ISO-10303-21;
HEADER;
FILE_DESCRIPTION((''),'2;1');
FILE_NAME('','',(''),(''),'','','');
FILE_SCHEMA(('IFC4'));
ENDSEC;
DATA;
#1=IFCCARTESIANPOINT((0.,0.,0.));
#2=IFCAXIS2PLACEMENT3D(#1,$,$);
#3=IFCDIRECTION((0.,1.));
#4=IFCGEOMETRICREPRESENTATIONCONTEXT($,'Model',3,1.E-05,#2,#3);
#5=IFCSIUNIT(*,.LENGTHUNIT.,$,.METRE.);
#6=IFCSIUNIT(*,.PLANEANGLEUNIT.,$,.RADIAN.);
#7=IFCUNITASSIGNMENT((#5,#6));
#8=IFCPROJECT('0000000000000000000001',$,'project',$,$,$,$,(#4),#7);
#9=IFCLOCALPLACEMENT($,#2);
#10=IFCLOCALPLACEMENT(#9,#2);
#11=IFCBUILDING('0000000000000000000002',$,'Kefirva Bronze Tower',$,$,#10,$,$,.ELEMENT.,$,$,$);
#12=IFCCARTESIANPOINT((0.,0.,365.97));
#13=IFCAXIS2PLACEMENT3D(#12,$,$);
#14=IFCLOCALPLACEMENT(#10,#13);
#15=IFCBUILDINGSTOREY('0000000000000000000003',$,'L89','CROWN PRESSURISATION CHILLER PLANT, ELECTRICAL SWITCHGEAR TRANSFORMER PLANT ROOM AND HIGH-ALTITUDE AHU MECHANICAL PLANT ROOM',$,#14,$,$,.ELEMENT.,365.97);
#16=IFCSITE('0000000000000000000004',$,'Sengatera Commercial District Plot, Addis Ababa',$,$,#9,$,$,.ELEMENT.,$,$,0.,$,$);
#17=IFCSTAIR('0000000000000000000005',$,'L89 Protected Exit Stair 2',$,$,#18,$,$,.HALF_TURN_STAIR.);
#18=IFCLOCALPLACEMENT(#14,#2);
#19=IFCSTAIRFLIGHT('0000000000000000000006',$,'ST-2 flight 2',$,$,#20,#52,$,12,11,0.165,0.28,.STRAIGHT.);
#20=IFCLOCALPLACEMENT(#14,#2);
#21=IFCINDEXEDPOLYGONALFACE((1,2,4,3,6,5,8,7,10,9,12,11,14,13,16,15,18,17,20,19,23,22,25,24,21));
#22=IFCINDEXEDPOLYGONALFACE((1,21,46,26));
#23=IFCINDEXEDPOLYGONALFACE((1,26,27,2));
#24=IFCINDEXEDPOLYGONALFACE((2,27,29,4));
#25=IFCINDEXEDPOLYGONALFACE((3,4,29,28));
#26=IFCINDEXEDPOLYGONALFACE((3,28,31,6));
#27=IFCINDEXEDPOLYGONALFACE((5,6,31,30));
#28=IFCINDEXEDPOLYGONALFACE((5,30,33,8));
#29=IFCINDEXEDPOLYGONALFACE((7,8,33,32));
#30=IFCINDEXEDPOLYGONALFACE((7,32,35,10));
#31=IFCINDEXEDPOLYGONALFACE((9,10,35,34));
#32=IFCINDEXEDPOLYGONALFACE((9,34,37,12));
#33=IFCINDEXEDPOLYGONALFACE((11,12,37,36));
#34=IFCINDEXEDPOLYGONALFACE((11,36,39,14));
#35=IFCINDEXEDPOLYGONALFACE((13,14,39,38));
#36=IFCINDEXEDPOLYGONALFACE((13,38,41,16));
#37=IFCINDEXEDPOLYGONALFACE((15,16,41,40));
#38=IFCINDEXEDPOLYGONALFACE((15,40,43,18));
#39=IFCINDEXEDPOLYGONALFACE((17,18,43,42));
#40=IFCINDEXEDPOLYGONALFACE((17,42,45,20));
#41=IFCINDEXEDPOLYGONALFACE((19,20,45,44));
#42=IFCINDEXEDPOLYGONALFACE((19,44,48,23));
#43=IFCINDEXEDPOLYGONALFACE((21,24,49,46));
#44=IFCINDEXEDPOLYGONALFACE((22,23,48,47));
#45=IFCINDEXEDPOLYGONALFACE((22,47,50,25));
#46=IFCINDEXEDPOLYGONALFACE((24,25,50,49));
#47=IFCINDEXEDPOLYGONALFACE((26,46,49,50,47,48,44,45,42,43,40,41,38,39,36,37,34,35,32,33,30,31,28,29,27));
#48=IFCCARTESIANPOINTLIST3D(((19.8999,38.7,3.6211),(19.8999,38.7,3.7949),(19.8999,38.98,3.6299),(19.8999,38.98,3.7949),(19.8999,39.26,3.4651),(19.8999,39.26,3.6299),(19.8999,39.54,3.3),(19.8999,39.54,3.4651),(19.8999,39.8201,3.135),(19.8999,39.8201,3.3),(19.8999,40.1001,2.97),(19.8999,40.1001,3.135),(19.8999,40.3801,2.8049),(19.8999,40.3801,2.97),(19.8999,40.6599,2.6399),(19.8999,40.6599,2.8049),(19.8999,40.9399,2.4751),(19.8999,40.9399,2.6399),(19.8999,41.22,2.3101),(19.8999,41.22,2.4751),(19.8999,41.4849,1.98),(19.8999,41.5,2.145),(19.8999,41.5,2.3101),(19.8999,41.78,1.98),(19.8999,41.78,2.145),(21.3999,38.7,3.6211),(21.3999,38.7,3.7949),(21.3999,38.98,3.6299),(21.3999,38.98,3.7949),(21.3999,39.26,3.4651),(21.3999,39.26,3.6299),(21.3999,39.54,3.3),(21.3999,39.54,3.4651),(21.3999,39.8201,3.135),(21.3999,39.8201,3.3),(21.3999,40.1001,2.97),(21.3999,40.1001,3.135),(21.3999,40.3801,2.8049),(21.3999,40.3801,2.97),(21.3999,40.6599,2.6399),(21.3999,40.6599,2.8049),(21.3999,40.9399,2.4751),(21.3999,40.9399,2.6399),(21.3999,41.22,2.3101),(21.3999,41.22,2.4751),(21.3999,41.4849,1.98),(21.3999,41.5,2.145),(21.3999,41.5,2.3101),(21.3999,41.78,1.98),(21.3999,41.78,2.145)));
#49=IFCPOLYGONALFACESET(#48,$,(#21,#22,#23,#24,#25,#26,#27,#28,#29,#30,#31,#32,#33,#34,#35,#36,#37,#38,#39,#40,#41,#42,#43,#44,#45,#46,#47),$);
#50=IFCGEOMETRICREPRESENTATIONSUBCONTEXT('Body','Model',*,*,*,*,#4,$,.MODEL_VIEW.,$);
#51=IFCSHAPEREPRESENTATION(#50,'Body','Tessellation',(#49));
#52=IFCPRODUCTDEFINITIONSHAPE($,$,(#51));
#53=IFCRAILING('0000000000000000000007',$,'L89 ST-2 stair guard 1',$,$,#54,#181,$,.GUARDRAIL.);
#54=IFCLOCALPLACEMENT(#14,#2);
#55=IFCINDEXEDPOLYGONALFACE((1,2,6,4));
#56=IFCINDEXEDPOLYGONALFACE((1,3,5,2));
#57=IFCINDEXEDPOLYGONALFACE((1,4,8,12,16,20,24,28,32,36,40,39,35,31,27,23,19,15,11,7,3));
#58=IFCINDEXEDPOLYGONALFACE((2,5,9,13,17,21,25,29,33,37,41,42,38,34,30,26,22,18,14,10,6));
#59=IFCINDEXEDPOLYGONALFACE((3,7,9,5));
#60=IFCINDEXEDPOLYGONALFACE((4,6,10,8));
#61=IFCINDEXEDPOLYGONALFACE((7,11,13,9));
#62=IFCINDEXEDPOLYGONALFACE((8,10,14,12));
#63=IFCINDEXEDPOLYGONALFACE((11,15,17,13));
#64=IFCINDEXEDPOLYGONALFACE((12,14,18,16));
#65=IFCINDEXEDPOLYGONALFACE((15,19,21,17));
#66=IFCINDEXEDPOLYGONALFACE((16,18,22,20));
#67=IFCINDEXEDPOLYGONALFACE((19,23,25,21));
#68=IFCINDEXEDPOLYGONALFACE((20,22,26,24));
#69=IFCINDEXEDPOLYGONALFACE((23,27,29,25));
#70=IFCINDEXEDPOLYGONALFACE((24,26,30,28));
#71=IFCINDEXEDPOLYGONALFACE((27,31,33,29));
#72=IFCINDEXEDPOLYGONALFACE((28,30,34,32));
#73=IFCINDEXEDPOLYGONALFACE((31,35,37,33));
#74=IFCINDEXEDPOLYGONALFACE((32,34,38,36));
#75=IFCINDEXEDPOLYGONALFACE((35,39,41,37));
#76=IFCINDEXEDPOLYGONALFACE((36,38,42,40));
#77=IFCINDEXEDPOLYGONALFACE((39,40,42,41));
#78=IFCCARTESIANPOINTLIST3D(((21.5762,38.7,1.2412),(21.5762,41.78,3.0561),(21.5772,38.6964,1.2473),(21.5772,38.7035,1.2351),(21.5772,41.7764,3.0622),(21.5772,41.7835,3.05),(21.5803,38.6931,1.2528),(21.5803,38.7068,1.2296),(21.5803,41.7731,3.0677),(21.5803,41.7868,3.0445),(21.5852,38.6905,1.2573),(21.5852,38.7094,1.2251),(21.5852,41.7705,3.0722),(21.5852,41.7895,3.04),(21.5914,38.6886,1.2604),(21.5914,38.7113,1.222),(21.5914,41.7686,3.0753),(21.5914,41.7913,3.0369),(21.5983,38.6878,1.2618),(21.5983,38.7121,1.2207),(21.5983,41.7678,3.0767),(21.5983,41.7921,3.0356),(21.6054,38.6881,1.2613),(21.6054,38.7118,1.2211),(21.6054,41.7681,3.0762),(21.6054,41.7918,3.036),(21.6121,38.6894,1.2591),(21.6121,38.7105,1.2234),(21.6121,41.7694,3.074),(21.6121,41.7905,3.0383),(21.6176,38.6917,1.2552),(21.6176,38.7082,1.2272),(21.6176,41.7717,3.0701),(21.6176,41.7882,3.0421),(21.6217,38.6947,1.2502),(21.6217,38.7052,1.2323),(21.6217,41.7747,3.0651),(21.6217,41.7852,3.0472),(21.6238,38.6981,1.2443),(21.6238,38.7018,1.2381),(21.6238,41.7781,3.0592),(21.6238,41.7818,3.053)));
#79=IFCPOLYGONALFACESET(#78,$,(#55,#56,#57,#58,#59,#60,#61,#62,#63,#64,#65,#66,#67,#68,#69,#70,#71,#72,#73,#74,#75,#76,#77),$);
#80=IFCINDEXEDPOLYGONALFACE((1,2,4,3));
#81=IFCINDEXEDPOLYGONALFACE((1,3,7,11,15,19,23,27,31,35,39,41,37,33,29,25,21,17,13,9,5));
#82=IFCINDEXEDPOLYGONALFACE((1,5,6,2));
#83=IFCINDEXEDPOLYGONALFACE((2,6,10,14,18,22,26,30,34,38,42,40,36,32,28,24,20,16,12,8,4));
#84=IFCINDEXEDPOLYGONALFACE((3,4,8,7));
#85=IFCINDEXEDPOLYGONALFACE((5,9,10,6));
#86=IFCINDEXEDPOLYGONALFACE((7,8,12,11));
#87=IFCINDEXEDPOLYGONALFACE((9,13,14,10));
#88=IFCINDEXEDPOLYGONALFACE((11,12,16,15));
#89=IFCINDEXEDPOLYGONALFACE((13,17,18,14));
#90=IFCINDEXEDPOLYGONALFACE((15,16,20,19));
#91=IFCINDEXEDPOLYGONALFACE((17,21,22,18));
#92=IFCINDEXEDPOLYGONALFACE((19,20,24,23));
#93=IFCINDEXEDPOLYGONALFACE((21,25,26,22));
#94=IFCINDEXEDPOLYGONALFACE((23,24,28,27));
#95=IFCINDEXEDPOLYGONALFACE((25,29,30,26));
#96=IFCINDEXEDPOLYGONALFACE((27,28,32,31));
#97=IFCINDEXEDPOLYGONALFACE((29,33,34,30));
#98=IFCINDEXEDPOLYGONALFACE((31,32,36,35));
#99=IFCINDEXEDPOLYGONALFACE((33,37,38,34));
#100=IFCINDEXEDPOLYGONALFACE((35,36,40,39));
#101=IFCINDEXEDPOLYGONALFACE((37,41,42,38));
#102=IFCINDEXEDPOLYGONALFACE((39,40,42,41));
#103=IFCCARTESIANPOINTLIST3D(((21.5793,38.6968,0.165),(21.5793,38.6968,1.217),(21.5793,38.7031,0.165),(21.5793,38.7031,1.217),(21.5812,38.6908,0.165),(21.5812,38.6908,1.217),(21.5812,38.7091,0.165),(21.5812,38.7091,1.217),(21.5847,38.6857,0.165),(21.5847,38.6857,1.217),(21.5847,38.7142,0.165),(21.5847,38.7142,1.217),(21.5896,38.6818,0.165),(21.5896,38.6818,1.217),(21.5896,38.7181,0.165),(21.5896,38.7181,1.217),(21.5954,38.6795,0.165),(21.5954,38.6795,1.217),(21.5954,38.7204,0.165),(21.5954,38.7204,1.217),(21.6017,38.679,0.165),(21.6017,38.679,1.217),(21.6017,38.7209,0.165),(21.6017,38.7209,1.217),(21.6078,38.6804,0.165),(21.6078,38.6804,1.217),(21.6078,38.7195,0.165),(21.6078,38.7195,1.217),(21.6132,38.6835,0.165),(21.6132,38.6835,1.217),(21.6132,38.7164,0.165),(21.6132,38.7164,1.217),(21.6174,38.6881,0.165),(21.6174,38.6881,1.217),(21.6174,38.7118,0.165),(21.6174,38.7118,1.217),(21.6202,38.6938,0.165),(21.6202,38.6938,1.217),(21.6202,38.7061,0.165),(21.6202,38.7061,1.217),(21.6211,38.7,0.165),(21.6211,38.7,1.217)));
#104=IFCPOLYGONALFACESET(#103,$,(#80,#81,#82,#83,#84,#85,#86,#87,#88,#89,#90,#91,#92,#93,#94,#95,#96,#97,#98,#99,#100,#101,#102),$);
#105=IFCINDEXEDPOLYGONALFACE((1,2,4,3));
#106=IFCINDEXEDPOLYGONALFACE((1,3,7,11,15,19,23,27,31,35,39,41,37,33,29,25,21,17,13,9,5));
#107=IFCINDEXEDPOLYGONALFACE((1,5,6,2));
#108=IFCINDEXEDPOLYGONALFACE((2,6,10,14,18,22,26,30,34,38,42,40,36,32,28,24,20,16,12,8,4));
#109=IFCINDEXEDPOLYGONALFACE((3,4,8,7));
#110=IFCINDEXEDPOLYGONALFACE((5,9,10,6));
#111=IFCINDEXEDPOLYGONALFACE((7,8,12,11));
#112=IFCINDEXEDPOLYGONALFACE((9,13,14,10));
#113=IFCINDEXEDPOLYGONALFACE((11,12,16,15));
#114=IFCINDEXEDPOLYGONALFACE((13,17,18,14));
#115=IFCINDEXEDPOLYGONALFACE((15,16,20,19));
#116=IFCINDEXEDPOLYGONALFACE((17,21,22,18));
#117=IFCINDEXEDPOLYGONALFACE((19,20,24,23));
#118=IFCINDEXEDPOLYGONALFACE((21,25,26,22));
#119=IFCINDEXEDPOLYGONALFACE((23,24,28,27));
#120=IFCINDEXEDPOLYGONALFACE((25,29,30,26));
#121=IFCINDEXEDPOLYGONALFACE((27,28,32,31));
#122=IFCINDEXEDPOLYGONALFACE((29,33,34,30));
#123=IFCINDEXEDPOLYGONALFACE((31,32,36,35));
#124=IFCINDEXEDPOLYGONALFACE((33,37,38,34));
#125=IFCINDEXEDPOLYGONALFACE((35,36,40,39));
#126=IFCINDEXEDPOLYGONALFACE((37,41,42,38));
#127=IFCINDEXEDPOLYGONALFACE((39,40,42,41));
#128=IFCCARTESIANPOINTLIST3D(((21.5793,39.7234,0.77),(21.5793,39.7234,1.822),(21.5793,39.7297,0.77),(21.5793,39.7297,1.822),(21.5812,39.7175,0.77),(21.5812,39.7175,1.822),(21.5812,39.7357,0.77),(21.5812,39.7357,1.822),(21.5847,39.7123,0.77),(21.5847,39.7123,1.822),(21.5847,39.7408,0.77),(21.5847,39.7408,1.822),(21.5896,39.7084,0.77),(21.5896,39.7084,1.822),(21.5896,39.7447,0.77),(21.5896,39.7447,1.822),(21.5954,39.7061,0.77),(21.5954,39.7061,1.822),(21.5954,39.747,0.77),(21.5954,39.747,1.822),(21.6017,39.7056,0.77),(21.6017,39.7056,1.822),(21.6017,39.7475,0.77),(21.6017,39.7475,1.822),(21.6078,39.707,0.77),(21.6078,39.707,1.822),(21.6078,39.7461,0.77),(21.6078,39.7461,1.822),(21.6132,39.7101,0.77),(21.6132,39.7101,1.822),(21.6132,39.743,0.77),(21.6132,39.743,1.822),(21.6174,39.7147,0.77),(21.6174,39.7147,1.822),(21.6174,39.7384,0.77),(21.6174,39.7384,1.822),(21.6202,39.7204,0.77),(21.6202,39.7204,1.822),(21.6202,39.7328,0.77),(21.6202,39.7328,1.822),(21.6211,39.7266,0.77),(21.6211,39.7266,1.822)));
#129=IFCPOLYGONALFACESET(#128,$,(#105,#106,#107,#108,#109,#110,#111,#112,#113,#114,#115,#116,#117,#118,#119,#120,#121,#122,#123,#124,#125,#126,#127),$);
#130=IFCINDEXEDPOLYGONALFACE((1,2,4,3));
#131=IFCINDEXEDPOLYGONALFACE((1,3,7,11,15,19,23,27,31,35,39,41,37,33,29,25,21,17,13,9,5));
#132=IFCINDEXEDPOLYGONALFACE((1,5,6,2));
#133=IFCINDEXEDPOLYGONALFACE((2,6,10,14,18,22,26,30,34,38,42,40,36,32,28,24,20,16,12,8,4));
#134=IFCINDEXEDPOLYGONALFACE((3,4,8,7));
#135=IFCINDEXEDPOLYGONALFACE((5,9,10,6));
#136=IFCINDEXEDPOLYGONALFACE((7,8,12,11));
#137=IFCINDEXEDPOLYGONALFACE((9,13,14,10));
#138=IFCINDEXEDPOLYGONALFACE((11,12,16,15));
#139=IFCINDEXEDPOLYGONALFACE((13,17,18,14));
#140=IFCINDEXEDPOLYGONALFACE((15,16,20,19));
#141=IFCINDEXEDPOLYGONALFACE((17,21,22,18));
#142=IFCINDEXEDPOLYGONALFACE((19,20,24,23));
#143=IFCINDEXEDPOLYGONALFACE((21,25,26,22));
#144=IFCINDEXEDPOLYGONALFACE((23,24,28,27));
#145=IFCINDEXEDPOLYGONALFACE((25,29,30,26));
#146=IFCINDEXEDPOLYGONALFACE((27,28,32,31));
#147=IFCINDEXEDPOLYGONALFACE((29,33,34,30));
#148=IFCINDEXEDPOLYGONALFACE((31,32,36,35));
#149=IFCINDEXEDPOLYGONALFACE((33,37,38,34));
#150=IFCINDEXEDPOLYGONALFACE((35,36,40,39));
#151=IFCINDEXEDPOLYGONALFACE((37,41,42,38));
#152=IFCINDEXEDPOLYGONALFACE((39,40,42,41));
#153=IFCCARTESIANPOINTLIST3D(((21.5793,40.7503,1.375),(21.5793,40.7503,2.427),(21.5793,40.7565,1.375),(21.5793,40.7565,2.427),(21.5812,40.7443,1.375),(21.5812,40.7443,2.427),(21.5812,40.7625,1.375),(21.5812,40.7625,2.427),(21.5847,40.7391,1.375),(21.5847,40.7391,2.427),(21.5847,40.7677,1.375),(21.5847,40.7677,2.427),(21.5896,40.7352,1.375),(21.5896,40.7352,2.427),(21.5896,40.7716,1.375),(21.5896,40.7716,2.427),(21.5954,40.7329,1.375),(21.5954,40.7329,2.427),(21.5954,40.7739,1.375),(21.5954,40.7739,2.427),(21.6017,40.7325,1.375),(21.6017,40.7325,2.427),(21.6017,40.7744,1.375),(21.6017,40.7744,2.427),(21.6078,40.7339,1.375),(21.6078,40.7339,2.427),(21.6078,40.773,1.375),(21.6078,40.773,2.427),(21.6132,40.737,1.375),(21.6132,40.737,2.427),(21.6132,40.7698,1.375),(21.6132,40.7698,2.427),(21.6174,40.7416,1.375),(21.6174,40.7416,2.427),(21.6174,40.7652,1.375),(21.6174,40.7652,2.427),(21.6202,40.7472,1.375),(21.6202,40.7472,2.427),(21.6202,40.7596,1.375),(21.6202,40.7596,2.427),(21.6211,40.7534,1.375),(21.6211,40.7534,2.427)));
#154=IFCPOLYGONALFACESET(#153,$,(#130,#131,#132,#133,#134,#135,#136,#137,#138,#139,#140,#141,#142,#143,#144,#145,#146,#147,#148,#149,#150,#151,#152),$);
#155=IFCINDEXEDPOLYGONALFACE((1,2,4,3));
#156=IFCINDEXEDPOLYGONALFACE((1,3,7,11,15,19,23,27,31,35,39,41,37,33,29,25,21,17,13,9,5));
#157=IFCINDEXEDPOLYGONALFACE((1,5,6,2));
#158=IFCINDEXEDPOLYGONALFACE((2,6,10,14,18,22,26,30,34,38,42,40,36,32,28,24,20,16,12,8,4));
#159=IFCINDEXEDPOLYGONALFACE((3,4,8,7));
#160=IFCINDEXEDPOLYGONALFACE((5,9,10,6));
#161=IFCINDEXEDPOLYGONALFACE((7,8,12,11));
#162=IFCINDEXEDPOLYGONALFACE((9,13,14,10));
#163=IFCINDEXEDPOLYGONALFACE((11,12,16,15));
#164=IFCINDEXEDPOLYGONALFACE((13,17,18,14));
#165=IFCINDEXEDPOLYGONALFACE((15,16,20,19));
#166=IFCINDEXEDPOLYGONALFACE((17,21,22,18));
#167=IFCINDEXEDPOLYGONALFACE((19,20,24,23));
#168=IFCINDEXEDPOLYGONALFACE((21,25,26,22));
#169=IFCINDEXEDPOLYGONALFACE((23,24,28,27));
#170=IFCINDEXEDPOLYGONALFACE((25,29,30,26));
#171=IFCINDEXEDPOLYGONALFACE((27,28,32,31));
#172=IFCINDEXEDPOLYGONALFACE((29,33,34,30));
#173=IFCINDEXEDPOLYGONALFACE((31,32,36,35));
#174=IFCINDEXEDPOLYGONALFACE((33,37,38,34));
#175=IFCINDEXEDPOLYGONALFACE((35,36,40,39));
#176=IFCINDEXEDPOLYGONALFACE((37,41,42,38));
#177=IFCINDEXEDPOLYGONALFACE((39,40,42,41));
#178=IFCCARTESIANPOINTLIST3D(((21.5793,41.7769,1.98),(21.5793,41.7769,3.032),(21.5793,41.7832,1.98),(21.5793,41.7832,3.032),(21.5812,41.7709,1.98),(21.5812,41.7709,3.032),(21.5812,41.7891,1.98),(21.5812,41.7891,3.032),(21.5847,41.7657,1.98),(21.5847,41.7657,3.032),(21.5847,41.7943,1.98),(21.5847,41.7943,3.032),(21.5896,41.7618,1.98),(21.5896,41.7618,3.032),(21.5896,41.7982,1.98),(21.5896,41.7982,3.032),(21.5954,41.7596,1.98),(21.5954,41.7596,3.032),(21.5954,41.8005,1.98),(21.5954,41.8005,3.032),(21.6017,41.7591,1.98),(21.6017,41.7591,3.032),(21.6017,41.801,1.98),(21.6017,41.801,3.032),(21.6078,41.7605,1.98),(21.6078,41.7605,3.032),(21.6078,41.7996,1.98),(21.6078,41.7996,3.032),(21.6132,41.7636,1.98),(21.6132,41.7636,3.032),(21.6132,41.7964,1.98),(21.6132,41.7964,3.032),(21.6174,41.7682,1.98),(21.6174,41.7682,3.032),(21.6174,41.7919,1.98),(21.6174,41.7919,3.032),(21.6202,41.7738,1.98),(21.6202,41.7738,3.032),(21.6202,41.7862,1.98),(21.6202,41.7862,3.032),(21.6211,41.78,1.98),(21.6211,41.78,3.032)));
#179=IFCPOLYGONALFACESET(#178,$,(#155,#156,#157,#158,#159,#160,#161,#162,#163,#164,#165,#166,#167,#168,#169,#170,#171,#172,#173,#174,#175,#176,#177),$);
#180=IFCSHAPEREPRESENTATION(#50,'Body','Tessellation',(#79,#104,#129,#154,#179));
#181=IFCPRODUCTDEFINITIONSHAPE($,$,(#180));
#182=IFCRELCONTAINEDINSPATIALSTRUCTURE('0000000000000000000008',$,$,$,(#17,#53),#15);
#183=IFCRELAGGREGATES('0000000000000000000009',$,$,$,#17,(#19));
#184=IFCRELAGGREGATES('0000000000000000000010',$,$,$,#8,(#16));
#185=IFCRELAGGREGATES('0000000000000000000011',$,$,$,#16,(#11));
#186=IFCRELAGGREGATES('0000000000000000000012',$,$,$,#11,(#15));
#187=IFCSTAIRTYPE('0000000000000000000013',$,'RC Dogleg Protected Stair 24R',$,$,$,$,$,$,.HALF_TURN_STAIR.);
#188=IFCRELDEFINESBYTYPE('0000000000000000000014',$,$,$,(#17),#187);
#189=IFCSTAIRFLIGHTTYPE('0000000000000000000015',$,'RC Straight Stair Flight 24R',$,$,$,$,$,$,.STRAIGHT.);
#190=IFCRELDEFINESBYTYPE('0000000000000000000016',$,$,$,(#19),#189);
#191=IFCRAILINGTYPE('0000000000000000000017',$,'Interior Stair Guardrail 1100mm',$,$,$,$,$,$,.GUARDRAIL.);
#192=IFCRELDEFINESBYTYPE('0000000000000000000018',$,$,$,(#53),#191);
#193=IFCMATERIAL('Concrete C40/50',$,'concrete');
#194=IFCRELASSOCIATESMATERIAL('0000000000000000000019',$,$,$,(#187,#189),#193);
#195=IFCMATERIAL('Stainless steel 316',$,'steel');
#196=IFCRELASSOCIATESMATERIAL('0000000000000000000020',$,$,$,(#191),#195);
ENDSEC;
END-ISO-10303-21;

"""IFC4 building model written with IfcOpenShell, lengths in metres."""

from ifc_helpers import new_model, si_unit, direction, frame, origin, origin_2d, place, context, subcontext, project, spatial, polyline, circle, outline, extrude, material, type_object, element, aggregate, save


model = new_model("IFC4")

# Units and contexts
model_context = context("Model", 3, precision=1e-05, world=origin(), true_north=direction((0.0, 1.0)))
body_context = subcontext(model_context, "Body", "Model", "MODEL_VIEW")
ifc_project = project(units=[si_unit("LENGTHUNIT", "METRE"), si_unit("PLANEANGLEUNIT", "RADIAN")], contexts=[model_context])

# Site, building, storey
site_placement = place(None, origin())
site = spatial("IfcSite", under=ifc_project, at=site_placement, Name="Sengatera Commercial District Plot, Addis Ababa", CompositionType="ELEMENT", RefElevation=0.0)
building_placement = place(site_placement, origin())
building = spatial("IfcBuilding", under=site, at=building_placement, Name="Kefirva Bronze Tower", CompositionType="ELEMENT")
storey_placement = place(building_placement, frame((0.0, 0.0, 365.97)))
storey = spatial("IfcBuildingStorey", under=building, at=storey_placement, Name="L89", Description="CROWN PRESSURISATION CHILLER PLANT, ELECTRICAL SWITCHGEAR TRANSFORMER PLANT ROOM AND HIGH-ALTITUDE AHU MECHANICAL PLANT ROOM", CompositionType="ELEMENT", Elevation=365.97)

# Stair, stair flight
ifc_material_1 = material(Name="Concrete C40/50", Category="concrete")
stair_type = type_object("IfcStairType", Name="RC Dogleg Protected Stair 24R", PredefinedType="HALF_TURN_STAIR", material=ifc_material_1)
stair_placement = place(storey_placement, origin())
stair = element("IfcStair", 1, at=stair_placement, inside=storey, type_object=stair_type, Name="L89 Protected Exit Stair 2", PredefinedType="HALF_TURN_STAIR")
stair_flight_type = type_object("IfcStairFlightType", Name="RC Straight Stair Flight 24R", PredefinedType="STRAIGHT", material=ifc_material_1)
stair_flight_1_placement = place(storey_placement, frame((20.6499, 41.78, 1.98), z_axis=(0.0, 0.0, 1.0), x_axis=(0.0, -1.0, 0.0)))
stair_flight_1 = element("IfcStairFlight", 2, at=stair_flight_1_placement, type_object=stair_flight_type, Name="ST-2 flight 2", NumberOfRisers=12, NumberOfTreads=11, PredefinedType="STRAIGHT", RiserHeight=0.165, TreadLength=0.28, context=body_context, shape_type="SweptSolid", body=[
    extrude(outline(polyline([(0.0, 0.0), (0.0, 0.165), (0.28, 0.165), (0.28, 0.3301), (0.5601, 0.3301), (0.5601, 0.4951), (0.8401, 0.4951), (0.8401, 0.6599), (1.1201, 0.6599), (1.1201, 0.825), (1.3999, 0.825), (1.3999, 0.99), (1.6799, 0.99), (1.6799, 1.155), (1.96, 1.155), (1.96, 1.3201), (2.24, 1.3201), (2.24, 1.4851), (2.52, 1.4851), (2.52, 1.6499), (2.8, 1.6499), (2.8, 1.8149), (3.0801, 1.8149), (3.0801, 1.98), (3.0801, 1.6411), (0.2952, 0.0), (0.0, 0.0)])), frame((0.0, 0.75, 0.0), z_axis=(0.0, -1.0, 0.0), x_axis=(1.0, 0.0, 0.0)), (0.0, 0.0, 1.0), 1.5),
])
aggregate(stair, [stair_flight_1])

# Railing
ifc_material_2 = material(Name="Stainless steel 316", Category="steel")
railing_type_1 = type_object("IfcRailingType", Name="Interior Stair Guardrail 1100mm", PredefinedType="GUARDRAIL", material=ifc_material_2)
railing_1_placement = place(storey_placement, frame((21.6001, 38.7, 0.165)))
element("IfcRailing", 3, at=railing_1_placement, inside=storey, type_object=railing_type_1, Name="L89 ST-2 stair guard 1", PredefinedType="GUARDRAIL", context=body_context, shape_type="SweptSolid", body=[
    extrude(circle(Radius=0.0239, at=origin_2d()), frame((0.0, 0.0, 1.0762), z_axis=(0.0, 0.861551, 0.507671), x_axis=(-1.0, 0.0, 0.0)), (0.0, 0.0, 1.0), 3.575),
    extrude(circle(Radius=0.021, at=origin_2d()), origin(), (0.0, 0.0, 1.0), 1.052),
    extrude(circle(Radius=0.021, at=origin_2d()), frame((0.0, 1.0266, 0.605)), (0.0, 0.0, 1.0), 1.052),
    extrude(circle(Radius=0.021, at=origin_2d()), frame((0.0, 2.0535, 1.21)), (0.0, 0.0, 1.0), 1.052),
    extrude(circle(Radius=0.021, at=origin_2d()), frame((0.0, 3.0801, 1.8149)), (0.0, 0.0, 1.0), 1.052),
])

save(model, "model.ifc")
